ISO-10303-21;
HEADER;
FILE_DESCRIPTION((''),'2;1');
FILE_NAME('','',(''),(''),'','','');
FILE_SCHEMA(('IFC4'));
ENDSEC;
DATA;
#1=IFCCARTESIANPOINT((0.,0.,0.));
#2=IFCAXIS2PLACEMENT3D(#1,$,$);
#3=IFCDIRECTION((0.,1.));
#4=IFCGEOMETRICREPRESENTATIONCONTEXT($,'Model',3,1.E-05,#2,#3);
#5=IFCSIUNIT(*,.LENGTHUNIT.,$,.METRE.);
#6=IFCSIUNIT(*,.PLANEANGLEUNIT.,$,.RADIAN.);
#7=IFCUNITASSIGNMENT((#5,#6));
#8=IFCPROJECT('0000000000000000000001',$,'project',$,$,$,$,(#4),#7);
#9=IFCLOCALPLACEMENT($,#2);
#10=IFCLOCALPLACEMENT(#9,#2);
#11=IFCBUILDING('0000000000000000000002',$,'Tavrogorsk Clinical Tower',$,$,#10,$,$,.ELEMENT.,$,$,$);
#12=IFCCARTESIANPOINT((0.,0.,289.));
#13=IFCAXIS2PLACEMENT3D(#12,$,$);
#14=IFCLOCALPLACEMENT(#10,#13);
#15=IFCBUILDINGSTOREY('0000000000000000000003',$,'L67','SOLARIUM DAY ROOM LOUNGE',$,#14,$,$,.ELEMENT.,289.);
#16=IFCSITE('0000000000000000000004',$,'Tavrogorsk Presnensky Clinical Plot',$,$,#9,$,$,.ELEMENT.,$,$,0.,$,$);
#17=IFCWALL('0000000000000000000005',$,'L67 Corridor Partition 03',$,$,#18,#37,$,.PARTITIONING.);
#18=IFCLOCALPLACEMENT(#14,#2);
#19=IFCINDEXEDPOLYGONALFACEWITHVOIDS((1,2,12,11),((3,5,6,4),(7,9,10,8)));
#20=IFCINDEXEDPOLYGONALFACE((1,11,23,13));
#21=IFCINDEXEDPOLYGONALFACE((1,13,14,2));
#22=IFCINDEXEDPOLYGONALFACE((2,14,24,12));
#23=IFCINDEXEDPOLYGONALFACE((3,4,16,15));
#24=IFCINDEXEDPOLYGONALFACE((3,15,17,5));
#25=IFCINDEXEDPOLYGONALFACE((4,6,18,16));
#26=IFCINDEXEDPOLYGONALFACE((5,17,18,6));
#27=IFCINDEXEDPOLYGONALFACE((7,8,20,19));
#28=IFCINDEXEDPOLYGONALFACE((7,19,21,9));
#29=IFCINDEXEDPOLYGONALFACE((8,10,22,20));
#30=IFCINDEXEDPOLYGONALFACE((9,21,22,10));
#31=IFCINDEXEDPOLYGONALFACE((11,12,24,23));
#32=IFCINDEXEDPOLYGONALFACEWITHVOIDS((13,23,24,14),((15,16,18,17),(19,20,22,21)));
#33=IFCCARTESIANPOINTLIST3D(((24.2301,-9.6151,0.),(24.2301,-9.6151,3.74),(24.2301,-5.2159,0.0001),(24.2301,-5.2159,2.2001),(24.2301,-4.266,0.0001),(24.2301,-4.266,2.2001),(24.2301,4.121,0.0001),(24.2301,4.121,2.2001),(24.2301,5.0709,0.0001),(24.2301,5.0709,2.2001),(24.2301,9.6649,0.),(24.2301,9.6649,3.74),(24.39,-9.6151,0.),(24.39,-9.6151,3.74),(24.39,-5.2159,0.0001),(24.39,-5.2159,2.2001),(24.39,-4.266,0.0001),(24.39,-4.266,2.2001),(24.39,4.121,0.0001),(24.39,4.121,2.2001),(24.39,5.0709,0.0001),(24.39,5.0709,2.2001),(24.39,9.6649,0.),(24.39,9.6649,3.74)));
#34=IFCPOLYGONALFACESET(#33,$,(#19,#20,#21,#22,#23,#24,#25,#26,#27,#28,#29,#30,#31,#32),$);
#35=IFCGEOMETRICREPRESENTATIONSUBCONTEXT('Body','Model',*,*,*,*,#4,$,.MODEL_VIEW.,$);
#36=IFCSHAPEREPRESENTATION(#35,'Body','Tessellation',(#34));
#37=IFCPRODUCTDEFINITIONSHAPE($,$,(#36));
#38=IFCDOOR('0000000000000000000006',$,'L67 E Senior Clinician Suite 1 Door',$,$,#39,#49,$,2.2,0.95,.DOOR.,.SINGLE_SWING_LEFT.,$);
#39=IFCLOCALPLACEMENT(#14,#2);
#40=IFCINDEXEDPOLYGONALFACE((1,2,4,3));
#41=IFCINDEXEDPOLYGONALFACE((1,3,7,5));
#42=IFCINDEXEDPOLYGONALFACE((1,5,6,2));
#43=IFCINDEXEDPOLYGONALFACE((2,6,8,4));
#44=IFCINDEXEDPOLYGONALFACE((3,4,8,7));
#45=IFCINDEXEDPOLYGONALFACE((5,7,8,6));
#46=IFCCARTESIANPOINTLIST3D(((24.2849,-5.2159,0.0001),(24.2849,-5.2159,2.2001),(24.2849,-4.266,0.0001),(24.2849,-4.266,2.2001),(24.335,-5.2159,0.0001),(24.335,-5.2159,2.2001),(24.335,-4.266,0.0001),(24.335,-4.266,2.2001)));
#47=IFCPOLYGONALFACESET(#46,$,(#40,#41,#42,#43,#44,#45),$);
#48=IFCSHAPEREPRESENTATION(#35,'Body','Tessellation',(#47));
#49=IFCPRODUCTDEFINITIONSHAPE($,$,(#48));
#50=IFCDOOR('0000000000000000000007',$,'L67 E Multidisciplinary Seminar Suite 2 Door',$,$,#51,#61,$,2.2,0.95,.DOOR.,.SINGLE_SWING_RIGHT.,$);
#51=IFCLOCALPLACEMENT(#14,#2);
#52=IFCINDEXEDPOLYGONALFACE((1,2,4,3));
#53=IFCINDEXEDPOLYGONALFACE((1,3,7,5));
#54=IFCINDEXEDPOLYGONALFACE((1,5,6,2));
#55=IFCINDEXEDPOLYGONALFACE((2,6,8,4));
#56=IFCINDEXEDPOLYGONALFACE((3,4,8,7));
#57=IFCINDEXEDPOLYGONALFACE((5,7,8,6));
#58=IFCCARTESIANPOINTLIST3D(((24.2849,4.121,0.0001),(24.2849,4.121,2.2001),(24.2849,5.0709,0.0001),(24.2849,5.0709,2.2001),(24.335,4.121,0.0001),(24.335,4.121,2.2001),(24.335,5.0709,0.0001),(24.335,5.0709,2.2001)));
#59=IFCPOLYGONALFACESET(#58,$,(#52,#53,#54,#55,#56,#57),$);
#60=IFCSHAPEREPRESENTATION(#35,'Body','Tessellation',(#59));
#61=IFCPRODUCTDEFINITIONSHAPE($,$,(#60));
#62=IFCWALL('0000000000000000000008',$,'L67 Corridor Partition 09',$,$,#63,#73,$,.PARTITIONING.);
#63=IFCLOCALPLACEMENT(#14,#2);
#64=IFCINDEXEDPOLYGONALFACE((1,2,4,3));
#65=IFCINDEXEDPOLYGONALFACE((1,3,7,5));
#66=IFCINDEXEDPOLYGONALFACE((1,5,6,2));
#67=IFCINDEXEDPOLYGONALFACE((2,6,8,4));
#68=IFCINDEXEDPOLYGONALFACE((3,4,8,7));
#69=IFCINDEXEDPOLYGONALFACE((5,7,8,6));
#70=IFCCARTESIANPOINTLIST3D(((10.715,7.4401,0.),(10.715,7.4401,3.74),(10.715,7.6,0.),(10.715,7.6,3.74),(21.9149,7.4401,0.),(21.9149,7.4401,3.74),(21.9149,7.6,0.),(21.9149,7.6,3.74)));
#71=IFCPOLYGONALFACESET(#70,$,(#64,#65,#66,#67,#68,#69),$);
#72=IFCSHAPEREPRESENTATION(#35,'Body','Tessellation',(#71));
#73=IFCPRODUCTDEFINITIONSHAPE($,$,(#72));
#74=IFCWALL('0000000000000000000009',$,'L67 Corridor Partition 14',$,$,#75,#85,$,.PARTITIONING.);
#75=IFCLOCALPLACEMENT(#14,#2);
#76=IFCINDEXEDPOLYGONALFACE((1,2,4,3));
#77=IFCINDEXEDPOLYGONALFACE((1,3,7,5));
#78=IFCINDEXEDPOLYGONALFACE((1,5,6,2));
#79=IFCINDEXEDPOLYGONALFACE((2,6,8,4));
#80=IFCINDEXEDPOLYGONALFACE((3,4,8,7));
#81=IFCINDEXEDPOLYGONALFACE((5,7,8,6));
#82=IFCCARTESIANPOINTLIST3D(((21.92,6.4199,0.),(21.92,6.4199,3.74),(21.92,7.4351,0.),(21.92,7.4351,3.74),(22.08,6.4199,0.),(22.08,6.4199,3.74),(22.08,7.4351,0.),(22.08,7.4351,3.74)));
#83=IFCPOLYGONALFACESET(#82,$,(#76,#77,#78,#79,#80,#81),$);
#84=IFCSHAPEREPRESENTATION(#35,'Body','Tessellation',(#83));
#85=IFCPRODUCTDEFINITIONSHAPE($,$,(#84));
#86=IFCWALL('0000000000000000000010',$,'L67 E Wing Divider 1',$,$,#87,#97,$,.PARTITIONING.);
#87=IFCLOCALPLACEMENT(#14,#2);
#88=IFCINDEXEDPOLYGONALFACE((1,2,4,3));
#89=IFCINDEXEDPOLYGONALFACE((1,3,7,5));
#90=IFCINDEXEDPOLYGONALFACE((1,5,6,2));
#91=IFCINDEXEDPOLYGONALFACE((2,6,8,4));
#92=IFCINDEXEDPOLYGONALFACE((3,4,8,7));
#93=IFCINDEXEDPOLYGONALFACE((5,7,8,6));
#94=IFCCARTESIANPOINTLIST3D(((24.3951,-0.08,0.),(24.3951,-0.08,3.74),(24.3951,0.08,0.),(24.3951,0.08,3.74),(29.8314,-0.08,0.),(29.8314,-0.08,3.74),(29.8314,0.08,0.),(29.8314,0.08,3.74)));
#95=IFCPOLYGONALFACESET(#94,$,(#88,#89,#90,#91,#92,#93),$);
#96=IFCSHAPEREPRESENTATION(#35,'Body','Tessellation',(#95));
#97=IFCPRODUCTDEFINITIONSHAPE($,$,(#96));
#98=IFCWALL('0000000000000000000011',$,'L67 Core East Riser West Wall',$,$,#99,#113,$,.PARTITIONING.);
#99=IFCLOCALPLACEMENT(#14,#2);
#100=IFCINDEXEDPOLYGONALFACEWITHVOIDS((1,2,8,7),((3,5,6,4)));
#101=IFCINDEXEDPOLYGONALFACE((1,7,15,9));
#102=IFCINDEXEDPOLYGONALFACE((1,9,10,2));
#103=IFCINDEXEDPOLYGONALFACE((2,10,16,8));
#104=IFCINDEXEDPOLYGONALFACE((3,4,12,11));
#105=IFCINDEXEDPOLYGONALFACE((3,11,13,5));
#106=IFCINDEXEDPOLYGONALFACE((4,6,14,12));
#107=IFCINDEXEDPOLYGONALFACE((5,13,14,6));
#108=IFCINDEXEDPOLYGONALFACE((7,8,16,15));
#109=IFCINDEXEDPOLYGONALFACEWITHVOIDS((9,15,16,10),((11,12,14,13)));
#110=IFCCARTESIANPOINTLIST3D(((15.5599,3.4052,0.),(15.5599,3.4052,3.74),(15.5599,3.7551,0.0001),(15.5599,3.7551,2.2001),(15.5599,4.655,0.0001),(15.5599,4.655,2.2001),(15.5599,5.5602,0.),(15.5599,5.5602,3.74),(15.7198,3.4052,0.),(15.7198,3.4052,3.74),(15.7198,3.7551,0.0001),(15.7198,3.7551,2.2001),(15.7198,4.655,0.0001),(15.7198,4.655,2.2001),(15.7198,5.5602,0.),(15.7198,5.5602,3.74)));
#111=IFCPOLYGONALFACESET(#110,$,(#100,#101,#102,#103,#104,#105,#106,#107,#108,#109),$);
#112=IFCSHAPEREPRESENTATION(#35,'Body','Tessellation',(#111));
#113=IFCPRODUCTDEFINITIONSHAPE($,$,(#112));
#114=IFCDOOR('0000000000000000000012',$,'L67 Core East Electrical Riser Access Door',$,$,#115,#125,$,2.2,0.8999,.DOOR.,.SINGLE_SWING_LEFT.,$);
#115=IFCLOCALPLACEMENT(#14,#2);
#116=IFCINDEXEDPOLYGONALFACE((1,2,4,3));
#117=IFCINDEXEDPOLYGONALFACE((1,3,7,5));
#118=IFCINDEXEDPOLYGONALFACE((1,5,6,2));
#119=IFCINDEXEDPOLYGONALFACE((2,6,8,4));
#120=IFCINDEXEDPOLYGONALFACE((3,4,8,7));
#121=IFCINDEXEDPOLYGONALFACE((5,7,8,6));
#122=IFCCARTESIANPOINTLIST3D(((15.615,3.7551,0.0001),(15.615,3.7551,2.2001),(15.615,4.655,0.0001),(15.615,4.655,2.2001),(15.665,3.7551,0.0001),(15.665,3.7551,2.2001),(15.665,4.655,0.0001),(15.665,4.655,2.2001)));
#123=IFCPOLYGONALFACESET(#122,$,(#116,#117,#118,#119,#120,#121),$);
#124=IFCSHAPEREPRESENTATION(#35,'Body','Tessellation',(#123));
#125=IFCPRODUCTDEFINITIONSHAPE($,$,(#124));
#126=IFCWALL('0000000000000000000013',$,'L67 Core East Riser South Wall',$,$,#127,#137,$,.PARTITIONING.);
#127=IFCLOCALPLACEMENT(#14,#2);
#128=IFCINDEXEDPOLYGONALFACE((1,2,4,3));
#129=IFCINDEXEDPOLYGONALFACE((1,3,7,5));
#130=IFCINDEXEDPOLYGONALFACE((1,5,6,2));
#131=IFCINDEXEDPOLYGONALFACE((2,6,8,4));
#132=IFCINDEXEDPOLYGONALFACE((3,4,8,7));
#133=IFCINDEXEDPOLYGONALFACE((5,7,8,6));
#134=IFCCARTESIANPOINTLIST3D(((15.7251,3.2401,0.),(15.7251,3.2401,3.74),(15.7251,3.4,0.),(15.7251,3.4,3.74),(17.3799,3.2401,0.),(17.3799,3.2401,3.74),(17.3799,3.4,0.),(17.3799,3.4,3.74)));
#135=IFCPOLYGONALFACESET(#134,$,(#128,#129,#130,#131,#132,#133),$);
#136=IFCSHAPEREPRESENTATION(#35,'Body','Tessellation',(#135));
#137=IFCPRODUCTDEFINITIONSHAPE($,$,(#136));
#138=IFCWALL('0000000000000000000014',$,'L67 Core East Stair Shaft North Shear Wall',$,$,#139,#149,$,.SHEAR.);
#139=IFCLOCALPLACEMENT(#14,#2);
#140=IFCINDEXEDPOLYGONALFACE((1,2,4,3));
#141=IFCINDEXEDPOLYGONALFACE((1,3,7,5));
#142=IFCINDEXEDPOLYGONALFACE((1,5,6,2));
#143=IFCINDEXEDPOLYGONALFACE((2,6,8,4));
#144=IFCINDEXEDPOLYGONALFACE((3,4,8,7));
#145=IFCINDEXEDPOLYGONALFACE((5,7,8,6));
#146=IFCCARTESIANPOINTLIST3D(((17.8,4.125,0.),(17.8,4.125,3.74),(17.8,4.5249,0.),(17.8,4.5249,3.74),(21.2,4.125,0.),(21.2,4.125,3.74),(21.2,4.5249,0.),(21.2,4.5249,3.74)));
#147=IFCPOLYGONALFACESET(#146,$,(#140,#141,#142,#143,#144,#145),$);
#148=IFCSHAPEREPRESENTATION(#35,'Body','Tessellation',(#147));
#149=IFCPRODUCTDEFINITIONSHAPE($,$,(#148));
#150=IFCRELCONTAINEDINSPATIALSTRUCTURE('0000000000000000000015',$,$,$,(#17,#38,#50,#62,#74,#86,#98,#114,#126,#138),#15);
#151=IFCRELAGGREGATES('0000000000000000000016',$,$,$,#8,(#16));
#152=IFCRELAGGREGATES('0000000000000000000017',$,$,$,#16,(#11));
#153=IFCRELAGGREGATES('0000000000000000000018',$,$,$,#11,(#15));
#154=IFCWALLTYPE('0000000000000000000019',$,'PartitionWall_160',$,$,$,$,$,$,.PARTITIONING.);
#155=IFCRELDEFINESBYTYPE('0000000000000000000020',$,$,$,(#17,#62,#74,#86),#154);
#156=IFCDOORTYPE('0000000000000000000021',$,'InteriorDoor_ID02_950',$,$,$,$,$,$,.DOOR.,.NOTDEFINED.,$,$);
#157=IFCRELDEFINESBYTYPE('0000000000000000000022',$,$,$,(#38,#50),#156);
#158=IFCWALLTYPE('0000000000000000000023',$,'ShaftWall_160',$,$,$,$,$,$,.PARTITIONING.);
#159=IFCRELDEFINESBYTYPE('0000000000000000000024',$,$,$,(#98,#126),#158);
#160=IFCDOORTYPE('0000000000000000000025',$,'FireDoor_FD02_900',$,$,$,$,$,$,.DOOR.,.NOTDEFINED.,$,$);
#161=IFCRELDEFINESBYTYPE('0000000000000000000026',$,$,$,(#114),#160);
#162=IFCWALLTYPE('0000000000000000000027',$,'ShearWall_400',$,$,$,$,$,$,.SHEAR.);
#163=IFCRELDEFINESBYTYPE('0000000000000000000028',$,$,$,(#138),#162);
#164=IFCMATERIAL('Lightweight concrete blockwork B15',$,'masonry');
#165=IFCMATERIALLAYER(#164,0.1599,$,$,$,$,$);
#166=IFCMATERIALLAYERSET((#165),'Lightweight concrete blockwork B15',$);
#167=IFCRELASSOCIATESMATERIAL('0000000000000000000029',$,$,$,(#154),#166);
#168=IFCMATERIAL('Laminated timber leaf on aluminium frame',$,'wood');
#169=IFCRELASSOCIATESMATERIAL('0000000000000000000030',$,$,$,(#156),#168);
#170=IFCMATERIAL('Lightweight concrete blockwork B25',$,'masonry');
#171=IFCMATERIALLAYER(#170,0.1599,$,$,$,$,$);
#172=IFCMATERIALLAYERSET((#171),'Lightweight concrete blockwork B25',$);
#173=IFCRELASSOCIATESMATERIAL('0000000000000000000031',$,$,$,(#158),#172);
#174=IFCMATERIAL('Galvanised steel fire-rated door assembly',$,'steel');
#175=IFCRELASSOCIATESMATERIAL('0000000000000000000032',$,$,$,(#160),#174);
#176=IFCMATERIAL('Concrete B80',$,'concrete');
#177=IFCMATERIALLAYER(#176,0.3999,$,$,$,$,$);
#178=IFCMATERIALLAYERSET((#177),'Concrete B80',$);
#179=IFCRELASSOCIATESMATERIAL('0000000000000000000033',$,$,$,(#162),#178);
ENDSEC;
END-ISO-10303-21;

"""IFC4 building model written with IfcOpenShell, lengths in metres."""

from ifc_helpers import new_model, si_unit, direction, frame, frame_2d, origin, place, context, subcontext, project, spatial, rectangle, extrude, material, layer, layer_set, type_object, element, fill, save


model = new_model("IFC4")

# Units and contexts
model_context = context("Model", 3, precision=1e-05, world=origin(), true_north=direction((0.0, 1.0)))
body_context = subcontext(model_context, "Body", "Model", "MODEL_VIEW")
ifc_project = project(units=[si_unit("LENGTHUNIT", "METRE"), si_unit("PLANEANGLEUNIT", "RADIAN")], contexts=[model_context])

# Site, building, storey
site_placement = place(None, origin())
site = spatial("IfcSite", under=ifc_project, at=site_placement, Name="Tavrogorsk Presnensky Clinical Plot", CompositionType="ELEMENT", RefElevation=0.0)
building_placement = place(site_placement, origin())
building = spatial("IfcBuilding", under=site, at=building_placement, Name="Tavrogorsk Clinical Tower", CompositionType="ELEMENT")
storey_placement = place(building_placement, frame((0.0, 0.0, 289.0)))
storey = spatial("IfcBuildingStorey", under=building, at=storey_placement, Name="L67", Description="SOLARIUM DAY ROOM LOUNGE", CompositionType="ELEMENT", Elevation=289.0)

# Shared definitions
ifc_material_1 = material(Name="Lightweight concrete blockwork B15", Category="masonry")
ifc_layer_1 = layer(ifc_material_1, 0.1599)
ifc_layer_set_1 = layer_set([ifc_layer_1], Name="Lightweight concrete blockwork B15")
wall_type_1 = type_object("IfcWallType", Name="PartitionWall_160", PredefinedType="PARTITIONING", material=ifc_layer_set_1)

# Wall, openings, doors
wall_1_placement = place(storey_placement, frame((24.3101, 9.665, 0.0), z_axis=(0.0, 0.0, 1.0), x_axis=(0.0, -1.0, 0.0)))
wall_1 = element("IfcWall", 1, at=wall_1_placement, inside=storey, type_object=wall_type_1, Name="L67 Corridor Partition 03", PredefinedType="PARTITIONING", context=body_context, shape_type="SweptSolid", body=[
    extrude(rectangle(XDim=19.28, YDim=0.1599, at=frame_2d((9.6401, 0.0))), origin(), (0.0, 0.0, 1.0), 3.74),
])
opening_1_placement = place(wall_1_placement, frame((13.9309, 0.0, 0.0)))
opening_1 = element("IfcOpeningElement", 2, at=opening_1_placement, cuts=wall_1, PredefinedType="OPENING", context=body_context, shape_type="SweptSolid", body=[
    extrude(rectangle(XDim=0.95, YDim=2.2, at=frame_2d((0.4751, 1.1001))), frame((0.0, 0.0898, 0.0), z_axis=(0.0, -1.0, 0.0), x_axis=(1.0, 0.0, 0.0)), (0.0, 0.0, 1.0), 0.1799),
])
opening_2_placement = place(wall_1_placement, frame((4.594, 0.0, 0.0)))
opening_2 = element("IfcOpeningElement", 3, at=opening_2_placement, cuts=wall_1, PredefinedType="OPENING", context=body_context, shape_type="SweptSolid", body=[
    extrude(rectangle(XDim=0.95, YDim=2.2, at=frame_2d((0.4751, 1.1001))), frame((0.0, 0.0898, 0.0), z_axis=(0.0, -1.0, 0.0), x_axis=(1.0, 0.0, 0.0)), (0.0, 0.0, 1.0), 0.1799),
])
ifc_material_2 = material(Name="Laminated timber leaf on aluminium frame", Category="wood")
door_type_1 = type_object("IfcDoorType", Name="InteriorDoor_ID02_950", OperationType="NOTDEFINED", PredefinedType="DOOR", material=ifc_material_2)
door_1_placement = place(opening_1_placement, origin())
door_1 = element("IfcDoor", 4, at=door_1_placement, inside=storey, type_object=door_type_1, Name="L67 E Senior Clinician Suite 1 Door", OperationType="SINGLE_SWING_LEFT", OverallHeight=2.2, OverallWidth=0.95, PredefinedType="DOOR", context=body_context, shape_type="SweptSolid", body=[
    extrude(rectangle(XDim=0.95, YDim=2.2, at=frame_2d((0.4751, 1.1001))), frame((0.0, 0.0249, 0.0), z_axis=(0.0, -1.0, 0.0), x_axis=(1.0, 0.0, 0.0)), (0.0, 0.0, 1.0), 0.05),
])
fill(opening_1, door_1)
door_2_placement = place(opening_2_placement, origin())
door_2 = element("IfcDoor", 5, at=door_2_placement, inside=storey, type_object=door_type_1, Name="L67 E Multidisciplinary Seminar Suite 2 Door", OperationType="SINGLE_SWING_RIGHT", OverallHeight=2.2, OverallWidth=0.95, PredefinedType="DOOR", context=body_context, shape_type="SweptSolid", body=[
    extrude(rectangle(XDim=0.95, YDim=2.2, at=frame_2d((0.4751, 1.1001))), frame((0.0, 0.0249, 0.0), z_axis=(0.0, -1.0, 0.0), x_axis=(1.0, 0.0, 0.0)), (0.0, 0.0, 1.0), 0.05),
])
fill(opening_2, door_2)

# Walls
wall_2_placement = place(storey_placement, frame((21.915, 7.52, 0.0), z_axis=(0.0, 0.0, 1.0), x_axis=(-1.0, 0.0, 0.0)))
element("IfcWall", 6, at=wall_2_placement, inside=storey, type_object=wall_type_1, Name="L67 Corridor Partition 09", PredefinedType="PARTITIONING", context=body_context, shape_type="SweptSolid", body=[
    extrude(rectangle(XDim=11.2, YDim=0.1599, at=frame_2d((5.6001, 0.0))), origin(), (0.0, 0.0, 1.0), 3.74),
])
wall_3_placement = place(storey_placement, frame((22.0, 6.4199, 0.0), z_axis=(0.0, 0.0, 1.0), x_axis=(0.0, 1.0, 0.0)))
element("IfcWall", 7, at=wall_3_placement, inside=storey, type_object=wall_type_1, Name="L67 Corridor Partition 14", PredefinedType="PARTITIONING", context=body_context, shape_type="SweptSolid", body=[
    extrude(rectangle(XDim=1.0151, YDim=0.1599, at=frame_2d((0.5076, 0.0))), origin(), (0.0, 0.0, 1.0), 3.74),
])
wall_4_placement = place(storey_placement, frame((24.395, 0.0, 0.0), z_axis=(0.0, 0.0, 1.0), x_axis=(1.0, 0.0, 0.0)))
element("IfcWall", 8, at=wall_4_placement, inside=storey, type_object=wall_type_1, Name="L67 E Wing Divider 1", PredefinedType="PARTITIONING", context=body_context, shape_type="SweptSolid", body=[
    extrude(rectangle(XDim=5.4363, YDim=0.1599, at=frame_2d((2.7183, 0.0))), origin(), (0.0, 0.0, 1.0), 3.74),
])

# Wall, opening, door
ifc_material_3 = material(Name="Lightweight concrete blockwork B25", Category="masonry")
ifc_layer_2 = layer(ifc_material_3, 0.1599)
ifc_layer_set_2 = layer_set([ifc_layer_2], Name="Lightweight concrete blockwork B25")
wall_type_2 = type_object("IfcWallType", Name="ShaftWall_160", PredefinedType="PARTITIONING", material=ifc_layer_set_2)
wall_5_placement = place(storey_placement, frame((15.6399, 3.405, 0.0), z_axis=(0.0, 0.0, 1.0), x_axis=(0.0, 1.0, 0.0)))
wall_5 = element("IfcWall", 9, at=wall_5_placement, inside=storey, type_object=wall_type_2, Name="L67 Core East Riser West Wall", PredefinedType="PARTITIONING", context=body_context, shape_type="SweptSolid", body=[
    extrude(rectangle(XDim=2.155, YDim=0.1599, at=frame_2d((1.0776, 0.0))), origin(), (0.0, 0.0, 1.0), 3.74),
])
opening_3_placement = place(wall_5_placement, frame((0.3501, 0.0, 0.0)))
opening_3 = element("IfcOpeningElement", 10, at=opening_3_placement, cuts=wall_5, PredefinedType="OPENING", context=body_context, shape_type="SweptSolid", body=[
    extrude(rectangle(XDim=0.8999, YDim=2.2, at=frame_2d((0.45, 1.1001))), frame((0.0, 0.0898, 0.0), z_axis=(0.0, -1.0, 0.0), x_axis=(1.0, 0.0, 0.0)), (0.0, 0.0, 1.0), 0.1799),
])
ifc_material_4 = material(Name="Galvanised steel fire-rated door assembly", Category="steel")
door_type_2 = type_object("IfcDoorType", Name="FireDoor_FD02_900", OperationType="NOTDEFINED", PredefinedType="DOOR", material=ifc_material_4)
door_3_placement = place(opening_3_placement, origin())
door_3 = element("IfcDoor", 11, at=door_3_placement, inside=storey, type_object=door_type_2, Name="L67 Core East Electrical Riser Access Door", OperationType="SINGLE_SWING_LEFT", OverallHeight=2.2, OverallWidth=0.8999, PredefinedType="DOOR", context=body_context, shape_type="SweptSolid", body=[
    extrude(rectangle(XDim=0.8999, YDim=2.2, at=frame_2d((0.45, 1.1001))), frame((0.0, 0.0249, 0.0), z_axis=(0.0, -1.0, 0.0), x_axis=(1.0, 0.0, 0.0)), (0.0, 0.0, 1.0), 0.05),
])
fill(opening_3, door_3)

# Walls
wall_6_placement = place(storey_placement, frame((15.7251, 3.3201, 0.0), z_axis=(0.0, 0.0, 1.0), x_axis=(1.0, 0.0, 0.0)))
element("IfcWall", 12, at=wall_6_placement, inside=storey, type_object=wall_type_2, Name="L67 Core East Riser South Wall", PredefinedType="PARTITIONING", context=body_context, shape_type="SweptSolid", body=[
    extrude(rectangle(XDim=1.6548, YDim=0.1599, at=frame_2d((0.8274, 0.0))), origin(), (0.0, 0.0, 1.0), 3.74),
])
ifc_material_5 = material(Name="Concrete B80", Category="concrete")
ifc_layer_3 = layer(ifc_material_5, 0.3999)
ifc_layer_set_3 = layer_set([ifc_layer_3], Name="Concrete B80")
wall_type_3 = type_object("IfcWallType", Name="ShearWall_400", PredefinedType="SHEAR", material=ifc_layer_set_3)
wall_7_placement = place(storey_placement, frame((17.8, 4.325, 0.0), z_axis=(0.0, 0.0, 1.0), x_axis=(1.0, 0.0, 0.0)))
element("IfcWall", 13, at=wall_7_placement, inside=storey, type_object=wall_type_3, Name="L67 Core East Stair Shaft North Shear Wall", PredefinedType="SHEAR", context=body_context, shape_type="SweptSolid", body=[
    extrude(rectangle(XDim=3.3999, YDim=0.3999, at=frame_2d((1.7, 0.0))), origin(), (0.0, 0.0, 1.0), 3.74),
])

save(model, "model.ifc")
